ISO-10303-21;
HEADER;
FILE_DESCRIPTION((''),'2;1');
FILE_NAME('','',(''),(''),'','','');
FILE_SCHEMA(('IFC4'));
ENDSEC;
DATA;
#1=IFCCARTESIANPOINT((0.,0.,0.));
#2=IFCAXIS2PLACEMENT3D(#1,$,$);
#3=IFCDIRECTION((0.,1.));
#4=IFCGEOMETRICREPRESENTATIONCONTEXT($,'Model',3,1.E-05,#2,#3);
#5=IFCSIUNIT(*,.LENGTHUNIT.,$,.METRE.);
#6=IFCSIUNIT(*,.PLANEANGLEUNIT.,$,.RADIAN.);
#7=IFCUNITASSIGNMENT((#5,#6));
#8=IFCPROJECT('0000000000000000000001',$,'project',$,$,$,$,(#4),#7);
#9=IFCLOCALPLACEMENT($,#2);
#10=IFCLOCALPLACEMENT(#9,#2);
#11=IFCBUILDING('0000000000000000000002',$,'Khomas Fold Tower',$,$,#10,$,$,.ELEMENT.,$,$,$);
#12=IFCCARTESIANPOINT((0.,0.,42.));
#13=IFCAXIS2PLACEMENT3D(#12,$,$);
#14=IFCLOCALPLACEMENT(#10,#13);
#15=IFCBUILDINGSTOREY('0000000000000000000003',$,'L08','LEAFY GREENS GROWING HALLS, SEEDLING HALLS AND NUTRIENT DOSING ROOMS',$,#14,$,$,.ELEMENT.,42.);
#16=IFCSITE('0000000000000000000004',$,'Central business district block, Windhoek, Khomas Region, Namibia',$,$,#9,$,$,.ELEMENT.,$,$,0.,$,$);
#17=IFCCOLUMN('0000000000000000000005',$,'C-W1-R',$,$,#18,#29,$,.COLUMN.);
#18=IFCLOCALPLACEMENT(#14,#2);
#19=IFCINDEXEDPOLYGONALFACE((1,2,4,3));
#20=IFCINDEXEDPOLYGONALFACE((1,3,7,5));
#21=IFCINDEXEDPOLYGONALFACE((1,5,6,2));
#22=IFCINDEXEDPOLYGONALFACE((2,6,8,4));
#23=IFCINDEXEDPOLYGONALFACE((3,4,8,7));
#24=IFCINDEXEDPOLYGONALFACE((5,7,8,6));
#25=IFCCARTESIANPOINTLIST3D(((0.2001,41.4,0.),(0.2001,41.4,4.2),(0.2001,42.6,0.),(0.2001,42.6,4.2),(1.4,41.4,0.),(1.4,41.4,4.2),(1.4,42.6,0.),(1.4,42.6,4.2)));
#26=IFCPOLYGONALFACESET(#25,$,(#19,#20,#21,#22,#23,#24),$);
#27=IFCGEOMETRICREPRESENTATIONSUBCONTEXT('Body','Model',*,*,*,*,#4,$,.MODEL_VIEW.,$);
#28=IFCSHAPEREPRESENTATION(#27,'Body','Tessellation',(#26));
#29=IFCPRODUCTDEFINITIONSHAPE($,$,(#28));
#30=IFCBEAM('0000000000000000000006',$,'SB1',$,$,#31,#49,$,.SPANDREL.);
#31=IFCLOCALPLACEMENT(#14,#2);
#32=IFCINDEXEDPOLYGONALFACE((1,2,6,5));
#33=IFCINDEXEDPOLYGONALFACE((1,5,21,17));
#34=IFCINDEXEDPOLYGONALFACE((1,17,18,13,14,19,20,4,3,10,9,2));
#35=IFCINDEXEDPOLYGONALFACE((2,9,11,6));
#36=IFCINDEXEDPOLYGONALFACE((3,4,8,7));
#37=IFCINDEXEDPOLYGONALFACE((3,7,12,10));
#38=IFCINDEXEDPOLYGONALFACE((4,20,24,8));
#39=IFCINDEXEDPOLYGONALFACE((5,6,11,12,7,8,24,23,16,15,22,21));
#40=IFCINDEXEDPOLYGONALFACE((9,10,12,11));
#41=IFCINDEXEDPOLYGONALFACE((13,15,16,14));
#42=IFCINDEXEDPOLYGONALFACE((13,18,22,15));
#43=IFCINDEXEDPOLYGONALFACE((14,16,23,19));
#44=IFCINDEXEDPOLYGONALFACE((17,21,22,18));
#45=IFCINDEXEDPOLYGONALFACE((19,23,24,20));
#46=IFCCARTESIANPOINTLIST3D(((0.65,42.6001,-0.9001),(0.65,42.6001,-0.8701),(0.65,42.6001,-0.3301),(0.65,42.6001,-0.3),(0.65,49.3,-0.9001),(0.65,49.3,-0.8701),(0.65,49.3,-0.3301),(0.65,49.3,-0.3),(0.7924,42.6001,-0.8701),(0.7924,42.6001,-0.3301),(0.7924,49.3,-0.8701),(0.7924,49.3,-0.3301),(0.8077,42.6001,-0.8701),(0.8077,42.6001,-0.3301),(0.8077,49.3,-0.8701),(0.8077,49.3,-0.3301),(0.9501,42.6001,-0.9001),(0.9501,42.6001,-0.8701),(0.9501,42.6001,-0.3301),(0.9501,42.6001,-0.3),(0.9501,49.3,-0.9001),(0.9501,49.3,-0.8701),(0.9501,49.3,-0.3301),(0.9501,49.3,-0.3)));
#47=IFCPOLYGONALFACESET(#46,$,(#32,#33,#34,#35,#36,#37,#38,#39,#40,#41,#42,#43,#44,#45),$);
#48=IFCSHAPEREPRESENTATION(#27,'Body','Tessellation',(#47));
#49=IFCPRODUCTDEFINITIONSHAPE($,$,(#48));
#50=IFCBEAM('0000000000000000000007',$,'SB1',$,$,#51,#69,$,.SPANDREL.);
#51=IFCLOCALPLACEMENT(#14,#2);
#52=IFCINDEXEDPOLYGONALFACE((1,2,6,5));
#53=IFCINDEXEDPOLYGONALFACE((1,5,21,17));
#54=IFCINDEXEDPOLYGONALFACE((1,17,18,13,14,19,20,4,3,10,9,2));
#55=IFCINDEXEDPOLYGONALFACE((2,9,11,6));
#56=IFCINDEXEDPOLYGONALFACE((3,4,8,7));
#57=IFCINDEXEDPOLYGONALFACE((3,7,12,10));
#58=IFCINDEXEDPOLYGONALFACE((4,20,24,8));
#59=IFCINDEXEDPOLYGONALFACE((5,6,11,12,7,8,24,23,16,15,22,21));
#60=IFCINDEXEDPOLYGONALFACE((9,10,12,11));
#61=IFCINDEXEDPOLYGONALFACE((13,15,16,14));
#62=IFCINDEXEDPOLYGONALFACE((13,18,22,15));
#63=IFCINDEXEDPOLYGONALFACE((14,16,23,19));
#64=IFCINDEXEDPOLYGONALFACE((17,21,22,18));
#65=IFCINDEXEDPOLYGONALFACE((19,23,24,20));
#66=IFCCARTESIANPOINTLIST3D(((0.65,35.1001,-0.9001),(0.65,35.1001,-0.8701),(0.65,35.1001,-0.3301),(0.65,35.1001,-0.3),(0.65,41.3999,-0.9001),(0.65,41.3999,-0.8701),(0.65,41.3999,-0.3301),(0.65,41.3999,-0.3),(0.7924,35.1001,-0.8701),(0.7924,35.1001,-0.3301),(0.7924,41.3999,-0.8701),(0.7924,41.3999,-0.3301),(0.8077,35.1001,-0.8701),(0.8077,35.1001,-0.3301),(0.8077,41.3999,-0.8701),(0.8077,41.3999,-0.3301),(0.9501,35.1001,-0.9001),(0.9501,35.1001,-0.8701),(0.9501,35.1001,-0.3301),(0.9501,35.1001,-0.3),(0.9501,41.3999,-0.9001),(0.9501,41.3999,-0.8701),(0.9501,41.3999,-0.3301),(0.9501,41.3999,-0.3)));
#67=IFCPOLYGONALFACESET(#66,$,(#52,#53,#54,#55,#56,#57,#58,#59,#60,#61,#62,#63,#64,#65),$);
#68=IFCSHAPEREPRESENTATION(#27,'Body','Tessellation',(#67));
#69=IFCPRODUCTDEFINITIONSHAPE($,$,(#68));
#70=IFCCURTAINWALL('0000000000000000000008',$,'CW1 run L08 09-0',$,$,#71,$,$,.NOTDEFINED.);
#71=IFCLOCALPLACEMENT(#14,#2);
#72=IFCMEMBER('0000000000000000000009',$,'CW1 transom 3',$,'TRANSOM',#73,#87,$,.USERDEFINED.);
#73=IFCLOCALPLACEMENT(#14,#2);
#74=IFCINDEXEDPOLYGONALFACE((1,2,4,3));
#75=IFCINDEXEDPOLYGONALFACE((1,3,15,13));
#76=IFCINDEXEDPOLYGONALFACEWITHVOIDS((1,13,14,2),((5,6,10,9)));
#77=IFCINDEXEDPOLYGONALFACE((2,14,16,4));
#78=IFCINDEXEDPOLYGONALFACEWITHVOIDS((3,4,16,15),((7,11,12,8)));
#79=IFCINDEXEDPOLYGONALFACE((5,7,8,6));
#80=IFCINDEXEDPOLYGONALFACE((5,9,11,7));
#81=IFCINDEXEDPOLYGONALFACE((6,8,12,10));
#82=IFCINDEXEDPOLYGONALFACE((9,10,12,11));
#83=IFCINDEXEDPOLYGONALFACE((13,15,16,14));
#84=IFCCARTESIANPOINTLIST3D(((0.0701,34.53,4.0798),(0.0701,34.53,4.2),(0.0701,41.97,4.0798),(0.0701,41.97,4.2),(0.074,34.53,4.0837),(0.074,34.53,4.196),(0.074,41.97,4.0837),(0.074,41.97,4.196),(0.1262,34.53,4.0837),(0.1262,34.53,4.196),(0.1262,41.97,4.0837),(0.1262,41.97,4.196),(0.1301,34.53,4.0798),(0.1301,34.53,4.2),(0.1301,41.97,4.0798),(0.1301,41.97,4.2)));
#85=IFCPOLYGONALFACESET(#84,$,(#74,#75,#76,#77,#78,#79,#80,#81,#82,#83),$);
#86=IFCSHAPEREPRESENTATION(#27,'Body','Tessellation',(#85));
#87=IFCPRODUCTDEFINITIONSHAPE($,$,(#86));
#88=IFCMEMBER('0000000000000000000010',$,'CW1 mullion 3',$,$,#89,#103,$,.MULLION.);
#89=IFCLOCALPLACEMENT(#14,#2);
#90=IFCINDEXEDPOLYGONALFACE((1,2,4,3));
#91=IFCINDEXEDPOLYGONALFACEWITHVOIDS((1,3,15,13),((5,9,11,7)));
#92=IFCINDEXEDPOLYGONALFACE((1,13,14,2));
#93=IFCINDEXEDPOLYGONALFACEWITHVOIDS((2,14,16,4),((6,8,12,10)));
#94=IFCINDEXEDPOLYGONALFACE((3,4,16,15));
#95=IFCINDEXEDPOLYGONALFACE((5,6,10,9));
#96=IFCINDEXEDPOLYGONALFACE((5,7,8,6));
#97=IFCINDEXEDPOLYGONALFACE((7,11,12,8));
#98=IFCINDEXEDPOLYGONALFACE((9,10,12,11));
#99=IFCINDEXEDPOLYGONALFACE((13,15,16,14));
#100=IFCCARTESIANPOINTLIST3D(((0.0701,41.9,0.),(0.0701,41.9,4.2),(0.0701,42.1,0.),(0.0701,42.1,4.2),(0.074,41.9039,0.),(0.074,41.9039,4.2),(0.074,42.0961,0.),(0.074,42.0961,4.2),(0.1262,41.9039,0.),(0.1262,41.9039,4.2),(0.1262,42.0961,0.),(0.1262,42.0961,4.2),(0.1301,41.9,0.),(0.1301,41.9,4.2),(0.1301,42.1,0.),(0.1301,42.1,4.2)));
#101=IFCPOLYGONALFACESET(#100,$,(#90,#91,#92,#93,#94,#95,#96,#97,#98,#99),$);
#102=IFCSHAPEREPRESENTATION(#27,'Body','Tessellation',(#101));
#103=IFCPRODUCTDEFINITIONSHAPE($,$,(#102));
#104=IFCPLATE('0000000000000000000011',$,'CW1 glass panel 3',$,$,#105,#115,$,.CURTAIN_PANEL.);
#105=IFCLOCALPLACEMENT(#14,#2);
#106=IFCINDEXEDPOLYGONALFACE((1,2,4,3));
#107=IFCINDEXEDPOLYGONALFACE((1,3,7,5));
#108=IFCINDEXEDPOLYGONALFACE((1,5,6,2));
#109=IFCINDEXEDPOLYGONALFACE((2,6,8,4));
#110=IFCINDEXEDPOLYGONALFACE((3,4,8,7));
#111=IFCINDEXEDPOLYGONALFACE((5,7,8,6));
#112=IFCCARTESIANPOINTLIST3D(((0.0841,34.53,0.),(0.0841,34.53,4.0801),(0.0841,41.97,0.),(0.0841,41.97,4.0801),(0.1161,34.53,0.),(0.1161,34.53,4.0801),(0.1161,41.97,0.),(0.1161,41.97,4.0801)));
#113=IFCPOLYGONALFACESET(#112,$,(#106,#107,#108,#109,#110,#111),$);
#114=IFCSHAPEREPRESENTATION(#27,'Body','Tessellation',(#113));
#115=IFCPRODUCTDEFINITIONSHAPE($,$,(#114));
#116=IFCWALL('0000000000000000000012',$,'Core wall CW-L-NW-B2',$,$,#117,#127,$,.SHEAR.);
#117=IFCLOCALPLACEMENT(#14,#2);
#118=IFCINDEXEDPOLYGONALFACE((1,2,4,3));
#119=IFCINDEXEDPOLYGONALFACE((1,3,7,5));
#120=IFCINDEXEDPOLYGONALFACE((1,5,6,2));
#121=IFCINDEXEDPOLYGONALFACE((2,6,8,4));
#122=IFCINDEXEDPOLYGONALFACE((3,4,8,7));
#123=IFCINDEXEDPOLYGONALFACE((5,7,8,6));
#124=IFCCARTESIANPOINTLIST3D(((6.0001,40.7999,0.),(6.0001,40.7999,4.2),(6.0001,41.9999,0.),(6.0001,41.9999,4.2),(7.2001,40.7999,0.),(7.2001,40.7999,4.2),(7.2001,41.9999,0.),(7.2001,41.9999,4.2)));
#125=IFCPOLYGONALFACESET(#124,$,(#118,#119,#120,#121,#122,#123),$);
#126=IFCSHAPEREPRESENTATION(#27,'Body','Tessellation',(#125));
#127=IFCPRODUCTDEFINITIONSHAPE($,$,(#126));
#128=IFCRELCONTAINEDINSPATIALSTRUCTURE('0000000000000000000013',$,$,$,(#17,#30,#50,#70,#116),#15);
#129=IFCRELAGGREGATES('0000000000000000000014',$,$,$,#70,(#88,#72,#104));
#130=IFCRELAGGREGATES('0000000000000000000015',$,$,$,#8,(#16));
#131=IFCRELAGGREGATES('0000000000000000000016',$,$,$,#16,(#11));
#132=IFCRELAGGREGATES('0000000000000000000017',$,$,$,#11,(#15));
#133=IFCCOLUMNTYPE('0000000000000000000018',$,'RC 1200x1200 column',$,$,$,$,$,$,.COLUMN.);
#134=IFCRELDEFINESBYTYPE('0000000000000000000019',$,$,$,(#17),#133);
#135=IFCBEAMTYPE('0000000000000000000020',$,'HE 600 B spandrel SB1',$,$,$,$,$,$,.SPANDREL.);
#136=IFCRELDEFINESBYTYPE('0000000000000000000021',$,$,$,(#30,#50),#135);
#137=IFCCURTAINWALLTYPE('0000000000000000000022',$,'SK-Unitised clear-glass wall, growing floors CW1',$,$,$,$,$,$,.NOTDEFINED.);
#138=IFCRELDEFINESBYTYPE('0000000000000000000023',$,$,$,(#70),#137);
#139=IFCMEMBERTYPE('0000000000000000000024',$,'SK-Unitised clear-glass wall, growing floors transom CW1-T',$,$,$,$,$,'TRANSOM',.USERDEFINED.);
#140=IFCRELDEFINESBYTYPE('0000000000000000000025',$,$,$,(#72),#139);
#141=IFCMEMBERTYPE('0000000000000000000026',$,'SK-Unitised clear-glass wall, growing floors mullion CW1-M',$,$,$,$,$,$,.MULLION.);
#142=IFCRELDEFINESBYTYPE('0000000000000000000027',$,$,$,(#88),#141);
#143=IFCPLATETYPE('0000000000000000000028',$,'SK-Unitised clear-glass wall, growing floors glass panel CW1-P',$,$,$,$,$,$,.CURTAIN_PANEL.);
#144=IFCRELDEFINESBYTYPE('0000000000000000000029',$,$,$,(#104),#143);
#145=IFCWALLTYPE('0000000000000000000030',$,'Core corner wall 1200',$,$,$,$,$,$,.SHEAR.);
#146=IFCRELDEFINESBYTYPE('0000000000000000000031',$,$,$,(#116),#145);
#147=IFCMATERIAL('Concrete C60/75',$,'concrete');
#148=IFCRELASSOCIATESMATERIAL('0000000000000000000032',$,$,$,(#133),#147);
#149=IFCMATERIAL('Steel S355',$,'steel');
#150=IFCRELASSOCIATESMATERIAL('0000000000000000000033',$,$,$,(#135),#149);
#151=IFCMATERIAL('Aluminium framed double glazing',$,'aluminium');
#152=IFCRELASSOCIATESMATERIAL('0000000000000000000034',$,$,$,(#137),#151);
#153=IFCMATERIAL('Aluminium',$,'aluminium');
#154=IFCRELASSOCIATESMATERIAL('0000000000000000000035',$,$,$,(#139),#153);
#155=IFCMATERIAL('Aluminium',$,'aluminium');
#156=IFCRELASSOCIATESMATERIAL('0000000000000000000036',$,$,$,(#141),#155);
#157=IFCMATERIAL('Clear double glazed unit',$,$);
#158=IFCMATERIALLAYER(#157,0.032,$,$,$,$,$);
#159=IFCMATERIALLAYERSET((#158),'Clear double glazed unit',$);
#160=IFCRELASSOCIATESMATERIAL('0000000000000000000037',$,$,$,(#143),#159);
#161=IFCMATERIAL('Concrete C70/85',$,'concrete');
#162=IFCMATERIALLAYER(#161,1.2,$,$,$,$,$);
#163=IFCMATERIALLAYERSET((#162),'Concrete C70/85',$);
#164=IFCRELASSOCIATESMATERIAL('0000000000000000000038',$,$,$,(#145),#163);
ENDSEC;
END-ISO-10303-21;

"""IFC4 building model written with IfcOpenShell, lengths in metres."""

from ifc_helpers import new_model, si_unit, direction, frame, frame_2d, origin, origin_2d, place, context, subcontext, project, spatial, rectangle, hollow_rectangle, i_section, extrude, source, transform, mapped, material, layer, layer_set, material_profile, profile_set, type_object, element, aggregate, save


model = new_model("IFC4")

# Units and contexts
model_context = context("Model", 3, precision=1e-05, world=origin(), true_north=direction((0.0, 1.0)))
body_context = subcontext(model_context, "Body", "Model", "MODEL_VIEW")
ifc_project = project(units=[si_unit("LENGTHUNIT", "METRE"), si_unit("PLANEANGLEUNIT", "RADIAN")], contexts=[model_context])

# Site, building, storey
site_placement = place(None, origin())
site = spatial("IfcSite", under=ifc_project, at=site_placement, Name="Central business district block, Windhoek, Khomas Region, Namibia", CompositionType="ELEMENT", RefElevation=0.0)
building_placement = place(site_placement, origin())
building = spatial("IfcBuilding", under=site, at=building_placement, Name="Khomas Fold Tower", CompositionType="ELEMENT")
storey_placement = place(building_placement, frame((0.0, 0.0, 42.0)))
storey = spatial("IfcBuildingStorey", under=building, at=storey_placement, Name="L08", Description="LEAFY GREENS GROWING HALLS, SEEDLING HALLS AND NUTRIENT DOSING ROOMS", CompositionType="ELEMENT", Elevation=42.0)

# Column
ifc_material_1 = material(Name="Concrete C60/75", Category="concrete")
ifc_material_profile_1 = material_profile(ifc_material_1, rectangle(XDim=1.2, YDim=1.2, at=origin_2d()), Name="RC 1200x1200")
ifc_profile_set_1 = profile_set([ifc_material_profile_1], Name="Concrete C60/75")
column_type = type_object("IfcColumnType", Name="RC 1200x1200 column", PredefinedType="COLUMN", material=ifc_profile_set_1)
shared_shape_1 = source(origin(), body_context, "Body", "SweptSolid", [
    extrude(rectangle(XDim=1.2, YDim=1.2, at=origin_2d()), origin(), (0.0, 0.0, 1.0), 4.2),
])
column_placement = place(storey_placement, frame((0.8, 42.0, 0.0), z_axis=(0.0, 0.0, 1.0), x_axis=(1.0, 0.0, 0.0)))
element("IfcColumn", 1, at=column_placement, inside=storey, type_object=column_type, Name="C-W1-R", PredefinedType="COLUMN", context=body_context, shape_type="MappedRepresentation", body=[
    mapped(shared_shape_1, transform((0.0, 0.0, 0.0))),
])

# Beams
ifc_material_2 = material(Name="Steel S355", Category="steel")
ifc_material_profile_2 = material_profile(ifc_material_2, i_section(OverallWidth=0.3, OverallDepth=0.6001, WebThickness=0.0154, FlangeThickness=0.03, at=origin_2d()), Name="HE 600 B")
ifc_profile_set_2 = profile_set([ifc_material_profile_2], Name="Steel S355")
beam_type = type_object("IfcBeamType", Name="HE 600 B spandrel SB1", PredefinedType="SPANDREL", material=ifc_profile_set_2)
shared_shape_2 = source(origin(), body_context, "Body", "SweptSolid", [
    extrude(i_section(OverallWidth=0.3, OverallDepth=0.6001, WebThickness=0.0154, FlangeThickness=0.03, at=origin_2d()), origin(), (0.0, 0.0, 1.0), 6.7),
])
beam_1_placement = place(storey_placement, frame((0.8, 42.6001, -0.6001), z_axis=(0.0, 1.0, 0.0), x_axis=(-1.0, 0.0, 0.0)))
element("IfcBeam", 2, at=beam_1_placement, inside=storey, type_object=beam_type, Name="SB1", PredefinedType="SPANDREL", context=body_context, shape_type="MappedRepresentation", body=[
    mapped(shared_shape_2, transform((0.0, 0.0, 0.0))),
])
shared_shape_3 = source(origin(), body_context, "Body", "SweptSolid", [
    extrude(i_section(OverallWidth=0.3, OverallDepth=0.6001, WebThickness=0.0154, FlangeThickness=0.03, at=origin_2d()), origin(), (0.0, 0.0, 1.0), 6.2998),
])
beam_2_placement = place(storey_placement, frame((0.8, 35.1001, -0.6001), z_axis=(0.0, 1.0, 0.0), x_axis=(-1.0, 0.0, 0.0)))
element("IfcBeam", 3, at=beam_2_placement, inside=storey, type_object=beam_type, Name="SB1", PredefinedType="SPANDREL", context=body_context, shape_type="MappedRepresentation", body=[
    mapped(shared_shape_3, transform((0.0, 0.0, 0.0))),
])

# Curtain wall, members, plate
ifc_material_3 = material(Name="Aluminium framed double glazing", Category="aluminium")
curtain_wall_type = type_object("IfcCurtainWallType", Name="SK-Unitised clear-glass wall, growing floors CW1", PredefinedType="NOTDEFINED", material=ifc_material_3)
curtain_wall_placement = place(storey_placement, origin())
curtain_wall = element("IfcCurtainWall", 4, at=curtain_wall_placement, inside=storey, type_object=curtain_wall_type, Name="CW1 run L08 09-0", PredefinedType="NOTDEFINED")
ifc_material_4 = material(Name="Aluminium", Category="aluminium")
ifc_material_profile_3 = material_profile(ifc_material_4, hollow_rectangle(XDim=0.0601, YDim=0.1201, WallThickness=0.0039, at=origin_2d()), Name="SK-Unitised clear-glass wall, growing floors transom CW1-T")
ifc_profile_set_3 = profile_set([ifc_material_profile_3], Name="Aluminium")
member_type_1 = type_object("IfcMemberType", Name="SK-Unitised clear-glass wall, growing floors transom CW1-T", ElementType="TRANSOM", PredefinedType="USERDEFINED", material=ifc_profile_set_3)
shared_shape_4 = source(origin(), body_context, "Body", "SweptSolid", [
    extrude(hollow_rectangle(XDim=0.0601, YDim=0.1201, WallThickness=0.0039, at=origin_2d()), origin(), (0.0, 0.0, 1.0), 7.4399),
])
member_1_placement = place(storey_placement, frame((0.1001, 41.97, 4.1399), z_axis=(0.0, -1.0, 0.0), x_axis=(1.0, 0.0, 0.0)))
member_1 = element("IfcMember", 5, at=member_1_placement, type_object=member_type_1, Name="CW1 transom 3", ObjectType="TRANSOM", PredefinedType="USERDEFINED", context=body_context, shape_type="MappedRepresentation", body=[
    mapped(shared_shape_4, transform((0.0, 0.0, 0.0))),
])
ifc_material_5 = material(Name="Aluminium", Category="aluminium")
ifc_material_profile_4 = material_profile(ifc_material_5, hollow_rectangle(XDim=0.0601, YDim=0.2, WallThickness=0.0039, at=origin_2d()), Name="SK-Unitised clear-glass wall, growing floors mullion CW1-M")
ifc_profile_set_4 = profile_set([ifc_material_profile_4], Name="Aluminium")
member_type_2 = type_object("IfcMemberType", Name="SK-Unitised clear-glass wall, growing floors mullion CW1-M", PredefinedType="MULLION", material=ifc_profile_set_4)
shared_shape_5 = source(origin(), body_context, "Body", "SweptSolid", [
    extrude(hollow_rectangle(XDim=0.0601, YDim=0.2, WallThickness=0.0039, at=origin_2d()), origin(), (0.0, 0.0, 1.0), 4.2),
])
member_2_placement = place(storey_placement, frame((0.1001, 42.0, 0.0), z_axis=(0.0, 0.0, 1.0), x_axis=(1.0, 0.0, 0.0)))
member_2 = element("IfcMember", 6, at=member_2_placement, type_object=member_type_2, Name="CW1 mullion 3", PredefinedType="MULLION", context=body_context, shape_type="MappedRepresentation", body=[
    mapped(shared_shape_5, transform((0.0, 0.0, 0.0))),
])
ifc_material_6 = material(Name="Clear double glazed unit")
ifc_layer_1 = layer(ifc_material_6, 0.032)
ifc_layer_set_1 = layer_set([ifc_layer_1], Name="Clear double glazed unit")
plate_type = type_object("IfcPlateType", Name="SK-Unitised clear-glass wall, growing floors glass panel CW1-P", PredefinedType="CURTAIN_PANEL", material=ifc_layer_set_1)
shared_shape_6 = source(origin(), body_context, "Body", "SweptSolid", [
    extrude(rectangle(XDim=7.4399, YDim=0.032, at=origin_2d()), origin(), (0.0, 0.0, 1.0), 4.0801),
])
plate_placement = place(storey_placement, frame((0.1001, 38.25, 0.0), z_axis=(0.0, 0.0, 1.0), x_axis=(0.0, -1.0, 0.0)))
plate = element("IfcPlate", 7, at=plate_placement, type_object=plate_type, Name="CW1 glass panel 3", PredefinedType="CURTAIN_PANEL", context=body_context, shape_type="MappedRepresentation", body=[
    mapped(shared_shape_6, transform((0.0, 0.0, 0.0))),
])
aggregate(curtain_wall, [member_2, member_1, plate])

# Wall
ifc_material_7 = material(Name="Concrete C70/85", Category="concrete")
ifc_layer_2 = layer(ifc_material_7, 1.2)
ifc_layer_set_2 = layer_set([ifc_layer_2], Name="Concrete C70/85")
wall_type_1 = type_object("IfcWallType", Name="Core corner wall 1200", PredefinedType="SHEAR", material=ifc_layer_set_2)
shared_shape_7 = source(origin(), body_context, "Body", "SweptSolid", [
    extrude(rectangle(XDim=1.2, YDim=1.2, at=frame_2d((0.6001, 0.0))), origin(), (0.0, 0.0, 1.0), 4.2),
])
wall_1_placement = place(storey_placement, frame((6.0, 41.3999, 0.0), z_axis=(0.0, 0.0, 1.0), x_axis=(1.0, 0.0, 0.0)))
element("IfcWall", 8, at=wall_1_placement, inside=storey, type_object=wall_type_1, Name="Core wall CW-L-NW-B2", PredefinedType="SHEAR", context=body_context, shape_type="MappedRepresentation", body=[
    mapped(shared_shape_7, transform((0.0, 0.0, 0.0))),
])

save(model, "model.ifc")
